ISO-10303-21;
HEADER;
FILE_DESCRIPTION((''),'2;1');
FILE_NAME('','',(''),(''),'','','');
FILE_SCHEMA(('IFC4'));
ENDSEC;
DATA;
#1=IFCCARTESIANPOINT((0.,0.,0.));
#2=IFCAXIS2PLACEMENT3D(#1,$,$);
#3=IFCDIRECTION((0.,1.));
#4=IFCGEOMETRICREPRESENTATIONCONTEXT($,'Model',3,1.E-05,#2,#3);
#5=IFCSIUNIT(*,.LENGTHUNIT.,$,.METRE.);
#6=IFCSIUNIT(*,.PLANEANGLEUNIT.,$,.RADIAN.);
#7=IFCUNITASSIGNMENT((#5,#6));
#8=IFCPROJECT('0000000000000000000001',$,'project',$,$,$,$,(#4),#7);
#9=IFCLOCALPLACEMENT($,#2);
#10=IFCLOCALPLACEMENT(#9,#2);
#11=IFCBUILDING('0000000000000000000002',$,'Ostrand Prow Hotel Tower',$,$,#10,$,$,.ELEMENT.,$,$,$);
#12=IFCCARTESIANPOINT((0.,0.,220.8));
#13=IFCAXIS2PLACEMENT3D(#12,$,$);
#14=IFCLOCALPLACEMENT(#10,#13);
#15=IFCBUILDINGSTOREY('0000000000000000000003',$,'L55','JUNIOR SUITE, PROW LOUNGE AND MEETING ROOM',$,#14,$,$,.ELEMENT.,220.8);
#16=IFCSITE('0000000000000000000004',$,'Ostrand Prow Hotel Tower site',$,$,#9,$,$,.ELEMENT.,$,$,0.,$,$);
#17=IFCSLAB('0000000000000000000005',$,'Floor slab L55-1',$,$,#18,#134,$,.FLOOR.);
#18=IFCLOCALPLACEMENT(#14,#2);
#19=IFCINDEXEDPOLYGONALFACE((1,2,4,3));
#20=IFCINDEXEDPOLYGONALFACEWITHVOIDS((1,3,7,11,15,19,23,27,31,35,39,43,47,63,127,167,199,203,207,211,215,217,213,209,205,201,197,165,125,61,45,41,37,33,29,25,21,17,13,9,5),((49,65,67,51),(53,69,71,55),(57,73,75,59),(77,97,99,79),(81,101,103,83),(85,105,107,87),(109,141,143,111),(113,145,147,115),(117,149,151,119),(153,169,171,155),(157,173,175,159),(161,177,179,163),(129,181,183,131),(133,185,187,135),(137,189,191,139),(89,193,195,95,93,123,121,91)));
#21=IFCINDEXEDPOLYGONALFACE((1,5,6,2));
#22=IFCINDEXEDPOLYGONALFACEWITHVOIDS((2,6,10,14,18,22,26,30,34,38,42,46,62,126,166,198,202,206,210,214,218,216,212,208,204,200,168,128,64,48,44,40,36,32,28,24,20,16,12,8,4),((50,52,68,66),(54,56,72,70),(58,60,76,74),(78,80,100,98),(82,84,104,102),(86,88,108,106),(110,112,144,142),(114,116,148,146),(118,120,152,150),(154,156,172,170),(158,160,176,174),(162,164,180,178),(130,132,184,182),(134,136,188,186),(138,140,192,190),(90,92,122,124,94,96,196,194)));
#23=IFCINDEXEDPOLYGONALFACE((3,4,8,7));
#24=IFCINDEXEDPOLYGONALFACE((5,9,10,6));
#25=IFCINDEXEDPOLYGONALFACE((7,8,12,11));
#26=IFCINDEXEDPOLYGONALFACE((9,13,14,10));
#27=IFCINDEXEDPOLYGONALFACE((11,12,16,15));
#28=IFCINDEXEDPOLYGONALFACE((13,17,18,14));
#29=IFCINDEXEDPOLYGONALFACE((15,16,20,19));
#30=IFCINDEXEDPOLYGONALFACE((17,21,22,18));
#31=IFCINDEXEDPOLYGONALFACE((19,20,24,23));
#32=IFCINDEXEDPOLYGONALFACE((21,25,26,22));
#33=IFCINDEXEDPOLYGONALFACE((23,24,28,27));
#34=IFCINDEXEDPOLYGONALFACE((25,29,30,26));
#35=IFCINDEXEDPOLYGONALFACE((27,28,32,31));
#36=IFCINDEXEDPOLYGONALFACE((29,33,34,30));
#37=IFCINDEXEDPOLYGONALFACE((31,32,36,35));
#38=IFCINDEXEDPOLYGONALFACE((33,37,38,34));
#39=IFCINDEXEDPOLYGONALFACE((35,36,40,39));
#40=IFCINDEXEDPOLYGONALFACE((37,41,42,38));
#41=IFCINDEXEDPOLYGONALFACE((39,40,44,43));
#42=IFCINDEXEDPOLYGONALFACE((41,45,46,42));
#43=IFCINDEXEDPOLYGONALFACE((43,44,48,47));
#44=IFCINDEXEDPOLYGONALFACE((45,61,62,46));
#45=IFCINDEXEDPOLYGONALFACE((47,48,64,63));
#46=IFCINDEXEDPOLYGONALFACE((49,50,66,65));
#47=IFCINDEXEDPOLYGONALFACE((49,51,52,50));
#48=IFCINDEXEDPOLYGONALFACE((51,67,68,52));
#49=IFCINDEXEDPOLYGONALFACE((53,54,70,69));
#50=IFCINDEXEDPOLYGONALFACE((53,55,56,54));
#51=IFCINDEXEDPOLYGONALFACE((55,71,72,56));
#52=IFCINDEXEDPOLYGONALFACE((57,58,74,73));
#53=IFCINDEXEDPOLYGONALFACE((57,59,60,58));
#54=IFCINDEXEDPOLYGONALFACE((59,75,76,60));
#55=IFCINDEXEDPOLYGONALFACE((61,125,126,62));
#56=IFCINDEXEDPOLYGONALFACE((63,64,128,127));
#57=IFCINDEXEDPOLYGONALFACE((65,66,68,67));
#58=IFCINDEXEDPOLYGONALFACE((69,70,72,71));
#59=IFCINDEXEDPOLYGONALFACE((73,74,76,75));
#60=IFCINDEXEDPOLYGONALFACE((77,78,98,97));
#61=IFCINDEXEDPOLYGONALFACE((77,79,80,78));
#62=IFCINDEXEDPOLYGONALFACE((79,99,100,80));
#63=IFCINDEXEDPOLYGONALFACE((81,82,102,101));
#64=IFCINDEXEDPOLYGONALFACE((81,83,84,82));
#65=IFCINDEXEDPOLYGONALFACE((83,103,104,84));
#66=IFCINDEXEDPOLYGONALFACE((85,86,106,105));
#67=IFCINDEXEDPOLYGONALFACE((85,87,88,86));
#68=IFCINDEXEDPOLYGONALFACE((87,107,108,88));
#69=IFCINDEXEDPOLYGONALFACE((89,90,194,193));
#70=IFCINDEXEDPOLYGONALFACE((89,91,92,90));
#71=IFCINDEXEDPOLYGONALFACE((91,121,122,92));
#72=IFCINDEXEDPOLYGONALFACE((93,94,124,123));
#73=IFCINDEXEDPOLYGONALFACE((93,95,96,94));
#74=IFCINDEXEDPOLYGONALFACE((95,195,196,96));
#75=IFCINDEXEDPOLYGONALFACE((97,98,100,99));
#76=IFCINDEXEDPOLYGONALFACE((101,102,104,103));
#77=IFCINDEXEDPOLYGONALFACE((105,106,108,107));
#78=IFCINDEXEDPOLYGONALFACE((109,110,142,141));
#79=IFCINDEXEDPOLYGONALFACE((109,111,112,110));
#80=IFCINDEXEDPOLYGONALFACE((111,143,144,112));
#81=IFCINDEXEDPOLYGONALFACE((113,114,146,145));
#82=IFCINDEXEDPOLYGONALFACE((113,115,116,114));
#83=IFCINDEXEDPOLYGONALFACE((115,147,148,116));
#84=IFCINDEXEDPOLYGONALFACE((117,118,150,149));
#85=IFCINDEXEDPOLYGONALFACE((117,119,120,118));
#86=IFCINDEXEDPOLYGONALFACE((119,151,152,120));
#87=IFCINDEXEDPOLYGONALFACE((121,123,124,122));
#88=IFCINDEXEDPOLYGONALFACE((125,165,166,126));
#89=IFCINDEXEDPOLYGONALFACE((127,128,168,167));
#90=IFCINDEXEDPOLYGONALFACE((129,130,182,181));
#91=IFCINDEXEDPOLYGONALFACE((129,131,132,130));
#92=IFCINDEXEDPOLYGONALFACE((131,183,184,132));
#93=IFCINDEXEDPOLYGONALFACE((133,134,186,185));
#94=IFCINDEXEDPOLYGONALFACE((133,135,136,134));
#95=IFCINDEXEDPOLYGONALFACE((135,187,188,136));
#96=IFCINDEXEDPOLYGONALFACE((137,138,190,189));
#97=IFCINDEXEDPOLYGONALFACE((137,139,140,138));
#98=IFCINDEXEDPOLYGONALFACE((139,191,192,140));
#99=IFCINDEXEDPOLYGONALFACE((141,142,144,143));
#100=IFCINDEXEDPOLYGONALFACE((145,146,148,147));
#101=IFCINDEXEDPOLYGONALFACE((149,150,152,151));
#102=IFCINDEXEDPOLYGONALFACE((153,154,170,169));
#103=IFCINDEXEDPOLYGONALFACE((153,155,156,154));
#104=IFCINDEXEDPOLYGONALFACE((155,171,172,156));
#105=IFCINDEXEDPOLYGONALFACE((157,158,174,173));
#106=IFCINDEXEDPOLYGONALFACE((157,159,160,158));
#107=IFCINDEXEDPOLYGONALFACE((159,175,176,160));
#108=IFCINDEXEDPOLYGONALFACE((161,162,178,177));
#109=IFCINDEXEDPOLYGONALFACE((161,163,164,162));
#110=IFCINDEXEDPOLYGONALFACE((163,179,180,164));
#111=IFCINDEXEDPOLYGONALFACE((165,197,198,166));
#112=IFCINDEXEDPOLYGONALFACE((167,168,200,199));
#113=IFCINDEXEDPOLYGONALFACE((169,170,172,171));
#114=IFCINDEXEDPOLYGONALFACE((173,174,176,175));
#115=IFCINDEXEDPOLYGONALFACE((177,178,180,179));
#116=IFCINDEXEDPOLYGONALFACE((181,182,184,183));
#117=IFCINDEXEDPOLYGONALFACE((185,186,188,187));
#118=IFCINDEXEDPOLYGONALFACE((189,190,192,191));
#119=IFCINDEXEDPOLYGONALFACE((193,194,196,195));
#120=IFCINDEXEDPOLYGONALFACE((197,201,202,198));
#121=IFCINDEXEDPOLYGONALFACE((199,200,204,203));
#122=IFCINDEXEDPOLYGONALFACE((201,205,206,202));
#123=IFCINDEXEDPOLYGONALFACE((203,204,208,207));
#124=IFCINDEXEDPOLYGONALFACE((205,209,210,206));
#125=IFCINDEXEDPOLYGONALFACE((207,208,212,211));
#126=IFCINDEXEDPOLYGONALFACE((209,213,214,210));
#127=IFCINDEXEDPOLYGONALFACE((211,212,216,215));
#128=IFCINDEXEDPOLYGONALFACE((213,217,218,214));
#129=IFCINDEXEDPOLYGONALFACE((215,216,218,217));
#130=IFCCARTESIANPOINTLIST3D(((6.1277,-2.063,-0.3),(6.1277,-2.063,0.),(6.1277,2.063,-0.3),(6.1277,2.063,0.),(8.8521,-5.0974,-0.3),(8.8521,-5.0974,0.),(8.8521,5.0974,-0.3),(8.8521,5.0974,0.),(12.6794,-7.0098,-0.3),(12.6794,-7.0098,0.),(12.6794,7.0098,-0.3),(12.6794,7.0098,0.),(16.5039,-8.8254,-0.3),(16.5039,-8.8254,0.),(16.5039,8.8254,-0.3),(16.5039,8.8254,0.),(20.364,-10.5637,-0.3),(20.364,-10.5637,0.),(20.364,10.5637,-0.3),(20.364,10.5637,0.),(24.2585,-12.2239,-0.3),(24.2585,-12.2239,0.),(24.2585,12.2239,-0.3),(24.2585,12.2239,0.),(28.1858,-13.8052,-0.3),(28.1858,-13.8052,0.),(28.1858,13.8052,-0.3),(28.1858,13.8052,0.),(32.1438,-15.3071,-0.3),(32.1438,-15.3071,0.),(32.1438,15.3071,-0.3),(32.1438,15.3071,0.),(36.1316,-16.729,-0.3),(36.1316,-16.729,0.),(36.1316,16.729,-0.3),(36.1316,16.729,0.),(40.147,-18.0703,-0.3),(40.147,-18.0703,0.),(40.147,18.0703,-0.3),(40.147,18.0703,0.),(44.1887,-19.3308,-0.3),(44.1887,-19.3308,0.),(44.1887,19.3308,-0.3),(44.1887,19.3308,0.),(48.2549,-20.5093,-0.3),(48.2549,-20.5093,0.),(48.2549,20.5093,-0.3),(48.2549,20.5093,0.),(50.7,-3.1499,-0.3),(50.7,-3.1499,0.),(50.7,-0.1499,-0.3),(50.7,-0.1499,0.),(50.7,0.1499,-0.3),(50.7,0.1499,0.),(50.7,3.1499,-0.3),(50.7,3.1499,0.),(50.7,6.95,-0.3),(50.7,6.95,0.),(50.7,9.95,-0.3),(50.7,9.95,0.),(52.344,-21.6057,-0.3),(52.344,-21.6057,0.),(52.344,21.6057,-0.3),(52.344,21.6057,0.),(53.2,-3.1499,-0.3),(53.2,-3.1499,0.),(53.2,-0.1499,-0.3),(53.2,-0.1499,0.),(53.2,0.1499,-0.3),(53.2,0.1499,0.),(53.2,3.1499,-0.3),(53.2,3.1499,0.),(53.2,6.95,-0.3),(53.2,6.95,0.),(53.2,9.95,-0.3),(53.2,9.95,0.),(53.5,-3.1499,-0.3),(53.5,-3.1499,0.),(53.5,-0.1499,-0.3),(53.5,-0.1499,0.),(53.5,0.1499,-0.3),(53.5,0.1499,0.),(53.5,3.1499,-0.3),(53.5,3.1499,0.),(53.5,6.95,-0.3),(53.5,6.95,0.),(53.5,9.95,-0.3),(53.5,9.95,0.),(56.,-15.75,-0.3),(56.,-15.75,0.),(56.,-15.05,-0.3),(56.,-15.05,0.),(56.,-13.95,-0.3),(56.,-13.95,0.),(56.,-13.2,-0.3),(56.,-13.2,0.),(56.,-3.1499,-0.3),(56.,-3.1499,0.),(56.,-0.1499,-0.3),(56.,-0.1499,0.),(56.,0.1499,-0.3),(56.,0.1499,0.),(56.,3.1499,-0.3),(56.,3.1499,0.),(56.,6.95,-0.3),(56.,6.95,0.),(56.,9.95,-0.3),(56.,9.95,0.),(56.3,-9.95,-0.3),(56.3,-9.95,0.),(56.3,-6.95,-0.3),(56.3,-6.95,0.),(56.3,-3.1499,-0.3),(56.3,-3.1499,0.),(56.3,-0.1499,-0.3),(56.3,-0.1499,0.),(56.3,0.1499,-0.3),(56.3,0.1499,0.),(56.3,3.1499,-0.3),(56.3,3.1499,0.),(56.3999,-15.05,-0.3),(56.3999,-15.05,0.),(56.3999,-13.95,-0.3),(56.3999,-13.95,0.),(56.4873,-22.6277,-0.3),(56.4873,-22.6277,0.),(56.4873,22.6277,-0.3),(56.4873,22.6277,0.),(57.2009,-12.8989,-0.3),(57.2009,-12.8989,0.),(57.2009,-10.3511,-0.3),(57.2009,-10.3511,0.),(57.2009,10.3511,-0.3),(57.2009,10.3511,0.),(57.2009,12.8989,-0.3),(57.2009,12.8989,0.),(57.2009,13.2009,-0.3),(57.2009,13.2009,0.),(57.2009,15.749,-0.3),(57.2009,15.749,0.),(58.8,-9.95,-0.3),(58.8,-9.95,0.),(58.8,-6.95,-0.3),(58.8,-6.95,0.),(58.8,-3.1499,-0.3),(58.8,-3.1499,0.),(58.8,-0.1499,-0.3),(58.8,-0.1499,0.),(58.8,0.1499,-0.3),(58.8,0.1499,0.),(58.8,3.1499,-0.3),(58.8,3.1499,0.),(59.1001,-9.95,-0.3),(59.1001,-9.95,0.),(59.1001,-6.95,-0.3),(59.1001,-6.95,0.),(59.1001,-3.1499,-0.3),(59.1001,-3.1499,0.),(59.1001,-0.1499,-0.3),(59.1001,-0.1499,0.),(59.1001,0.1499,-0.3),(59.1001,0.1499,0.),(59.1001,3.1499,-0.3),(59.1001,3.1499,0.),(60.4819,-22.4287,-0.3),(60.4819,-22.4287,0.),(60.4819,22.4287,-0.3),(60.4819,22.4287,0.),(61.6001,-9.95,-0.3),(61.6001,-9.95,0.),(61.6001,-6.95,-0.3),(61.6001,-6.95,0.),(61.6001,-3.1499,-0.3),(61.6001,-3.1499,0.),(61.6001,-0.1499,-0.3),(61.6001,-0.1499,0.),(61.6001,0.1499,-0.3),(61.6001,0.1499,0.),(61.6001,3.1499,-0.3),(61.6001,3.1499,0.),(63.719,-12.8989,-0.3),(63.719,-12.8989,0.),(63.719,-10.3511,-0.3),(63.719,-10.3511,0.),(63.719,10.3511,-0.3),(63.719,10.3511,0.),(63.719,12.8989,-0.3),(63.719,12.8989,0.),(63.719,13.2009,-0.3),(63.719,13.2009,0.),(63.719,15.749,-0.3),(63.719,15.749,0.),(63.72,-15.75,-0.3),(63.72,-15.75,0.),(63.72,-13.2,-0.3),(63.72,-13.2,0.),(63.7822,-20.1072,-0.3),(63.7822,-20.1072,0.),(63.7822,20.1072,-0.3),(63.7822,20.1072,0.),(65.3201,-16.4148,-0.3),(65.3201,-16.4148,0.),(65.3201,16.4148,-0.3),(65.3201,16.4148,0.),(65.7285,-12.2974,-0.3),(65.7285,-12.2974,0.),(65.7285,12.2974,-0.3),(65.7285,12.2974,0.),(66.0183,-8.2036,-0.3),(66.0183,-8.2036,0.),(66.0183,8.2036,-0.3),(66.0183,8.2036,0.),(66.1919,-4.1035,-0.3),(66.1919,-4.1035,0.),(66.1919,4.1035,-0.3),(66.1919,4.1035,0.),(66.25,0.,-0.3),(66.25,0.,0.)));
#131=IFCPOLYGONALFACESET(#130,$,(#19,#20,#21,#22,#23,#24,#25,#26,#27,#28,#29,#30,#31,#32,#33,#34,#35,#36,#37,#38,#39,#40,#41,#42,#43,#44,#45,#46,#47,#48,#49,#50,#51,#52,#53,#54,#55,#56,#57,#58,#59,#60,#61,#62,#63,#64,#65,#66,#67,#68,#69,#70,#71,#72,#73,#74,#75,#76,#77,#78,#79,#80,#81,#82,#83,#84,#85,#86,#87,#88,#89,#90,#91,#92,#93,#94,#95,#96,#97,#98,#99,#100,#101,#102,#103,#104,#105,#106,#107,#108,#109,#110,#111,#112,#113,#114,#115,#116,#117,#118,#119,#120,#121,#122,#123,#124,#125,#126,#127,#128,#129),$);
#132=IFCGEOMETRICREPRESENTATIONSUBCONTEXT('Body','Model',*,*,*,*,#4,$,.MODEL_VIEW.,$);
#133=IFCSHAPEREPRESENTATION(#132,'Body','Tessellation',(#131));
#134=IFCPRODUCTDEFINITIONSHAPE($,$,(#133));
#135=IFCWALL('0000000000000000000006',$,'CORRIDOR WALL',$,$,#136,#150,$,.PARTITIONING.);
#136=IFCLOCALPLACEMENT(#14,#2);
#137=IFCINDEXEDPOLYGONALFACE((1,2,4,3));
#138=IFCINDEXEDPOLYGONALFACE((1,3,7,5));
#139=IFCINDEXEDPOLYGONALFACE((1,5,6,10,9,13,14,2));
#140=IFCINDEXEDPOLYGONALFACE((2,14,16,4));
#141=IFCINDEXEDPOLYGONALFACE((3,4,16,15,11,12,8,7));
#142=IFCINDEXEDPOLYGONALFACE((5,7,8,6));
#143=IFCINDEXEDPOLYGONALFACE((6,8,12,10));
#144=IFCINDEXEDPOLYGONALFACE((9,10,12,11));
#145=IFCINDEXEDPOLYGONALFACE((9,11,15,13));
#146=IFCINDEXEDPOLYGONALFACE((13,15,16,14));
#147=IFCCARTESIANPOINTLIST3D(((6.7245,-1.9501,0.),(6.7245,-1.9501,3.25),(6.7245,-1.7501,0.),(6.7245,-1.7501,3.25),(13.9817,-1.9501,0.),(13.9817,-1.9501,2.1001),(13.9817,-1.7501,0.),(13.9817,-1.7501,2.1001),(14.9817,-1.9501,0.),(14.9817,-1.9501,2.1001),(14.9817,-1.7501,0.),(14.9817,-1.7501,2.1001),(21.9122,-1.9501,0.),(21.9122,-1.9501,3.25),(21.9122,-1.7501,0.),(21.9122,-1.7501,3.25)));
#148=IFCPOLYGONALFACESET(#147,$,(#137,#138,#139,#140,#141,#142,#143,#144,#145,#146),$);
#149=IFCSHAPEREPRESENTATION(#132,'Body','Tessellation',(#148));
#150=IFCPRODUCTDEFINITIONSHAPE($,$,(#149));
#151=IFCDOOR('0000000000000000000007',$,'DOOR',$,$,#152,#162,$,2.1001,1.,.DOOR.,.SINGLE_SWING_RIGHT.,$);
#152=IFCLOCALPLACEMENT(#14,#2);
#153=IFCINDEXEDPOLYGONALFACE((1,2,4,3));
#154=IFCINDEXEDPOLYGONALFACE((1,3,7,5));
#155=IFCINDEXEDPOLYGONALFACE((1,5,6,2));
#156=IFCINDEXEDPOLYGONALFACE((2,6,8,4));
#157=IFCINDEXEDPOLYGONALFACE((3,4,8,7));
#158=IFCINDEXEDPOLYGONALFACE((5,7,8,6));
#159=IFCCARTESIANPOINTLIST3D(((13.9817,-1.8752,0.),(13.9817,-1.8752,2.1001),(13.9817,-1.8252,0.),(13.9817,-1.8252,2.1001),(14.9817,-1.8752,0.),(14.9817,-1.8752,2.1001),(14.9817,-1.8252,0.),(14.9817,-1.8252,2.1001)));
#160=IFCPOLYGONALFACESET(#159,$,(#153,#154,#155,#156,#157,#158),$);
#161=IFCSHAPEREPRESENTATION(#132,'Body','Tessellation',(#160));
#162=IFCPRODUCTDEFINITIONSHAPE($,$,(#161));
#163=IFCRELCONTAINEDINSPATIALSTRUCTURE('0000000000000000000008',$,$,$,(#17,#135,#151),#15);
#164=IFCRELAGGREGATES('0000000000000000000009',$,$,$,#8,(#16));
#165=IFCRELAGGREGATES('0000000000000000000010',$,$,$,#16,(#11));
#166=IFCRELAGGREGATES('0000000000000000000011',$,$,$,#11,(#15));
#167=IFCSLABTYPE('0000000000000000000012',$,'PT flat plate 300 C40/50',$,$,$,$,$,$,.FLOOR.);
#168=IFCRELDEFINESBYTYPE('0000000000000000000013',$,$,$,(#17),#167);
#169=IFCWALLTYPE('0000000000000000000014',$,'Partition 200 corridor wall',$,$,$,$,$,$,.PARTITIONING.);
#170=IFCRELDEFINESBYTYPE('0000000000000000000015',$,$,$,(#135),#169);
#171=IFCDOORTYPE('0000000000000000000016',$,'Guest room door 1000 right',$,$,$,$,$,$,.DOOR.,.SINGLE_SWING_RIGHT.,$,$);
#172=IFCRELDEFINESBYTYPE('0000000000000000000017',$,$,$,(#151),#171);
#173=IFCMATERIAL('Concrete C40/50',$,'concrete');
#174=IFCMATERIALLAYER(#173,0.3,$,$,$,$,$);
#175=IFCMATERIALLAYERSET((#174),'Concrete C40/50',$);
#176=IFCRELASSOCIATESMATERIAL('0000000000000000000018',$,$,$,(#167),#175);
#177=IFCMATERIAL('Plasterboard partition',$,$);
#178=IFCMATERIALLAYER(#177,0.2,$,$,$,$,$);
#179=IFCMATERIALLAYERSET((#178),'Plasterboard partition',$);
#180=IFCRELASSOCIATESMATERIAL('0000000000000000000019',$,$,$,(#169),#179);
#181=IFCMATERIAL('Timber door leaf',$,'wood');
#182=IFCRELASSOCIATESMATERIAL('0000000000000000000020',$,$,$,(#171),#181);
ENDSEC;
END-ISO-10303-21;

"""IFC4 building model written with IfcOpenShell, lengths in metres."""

from ifc_helpers import new_model, si_unit, direction, frame, frame_2d, origin, place, context, subcontext, project, spatial, polyline, rectangle, outline, extrude, material, layer, layer_set, type_object, element, fill, save


model = new_model("IFC4")

# Units and contexts
model_context = context("Model", 3, precision=1e-05, world=origin(), true_north=direction((0.0, 1.0)))
body_context = subcontext(model_context, "Body", "Model", "MODEL_VIEW")
ifc_project = project(units=[si_unit("LENGTHUNIT", "METRE"), si_unit("PLANEANGLEUNIT", "RADIAN")], contexts=[model_context])

# Site, building, storey
site_placement = place(None, origin())
site = spatial("IfcSite", under=ifc_project, at=site_placement, Name="Ostrand Prow Hotel Tower site", CompositionType="ELEMENT", RefElevation=0.0)
building_placement = place(site_placement, origin())
building = spatial("IfcBuilding", under=site, at=building_placement, Name="Ostrand Prow Hotel Tower", CompositionType="ELEMENT")
storey_placement = place(building_placement, frame((0.0, 0.0, 220.8)))
storey = spatial("IfcBuildingStorey", under=building, at=storey_placement, Name="L55", Description="JUNIOR SUITE, PROW LOUNGE AND MEETING ROOM", CompositionType="ELEMENT", Elevation=220.8)

# Slab, opening
ifc_material_1 = material(Name="Concrete C40/50", Category="concrete")
ifc_layer_1 = layer(ifc_material_1, 0.3)
ifc_layer_set_1 = layer_set([ifc_layer_1], Name="Concrete C40/50")
slab_type = type_object("IfcSlabType", Name="PT flat plate 300 C40/50", PredefinedType="FLOOR", material=ifc_layer_set_1)
slab_placement = place(storey_placement, frame((0.0, 0.0, -0.3)))
slab = element("IfcSlab", 1, at=slab_placement, inside=storey, type_object=slab_type, Name="Floor slab L55-1", PredefinedType="FLOOR", context=body_context, shape_type="SweptSolid", body=[
    extrude(outline(polyline([(8.8521, 5.0974), (12.6794, 7.0098), (16.5039, 8.8254), (20.364, 10.5637), (24.2585, 12.2239), (28.1858, 13.8052), (32.1438, 15.3071), (36.1316, 16.729), (40.147, 18.0703), (44.1887, 19.3308), (48.2549, 20.5093), (52.344, 21.6057), (56.4873, 22.6277), (60.4819, 22.4287), (63.7822, 20.1072), (65.3201, 16.4148), (65.7285, 12.2974), (66.0183, 8.2036), (66.1919, 4.1035), (66.25, 0.0), (66.1919, -4.1035), (66.0183, -8.2036), (65.7285, -12.2974), (65.3201, -16.4148), (63.7822, -20.1072), (60.4819, -22.4287), (56.4873, -22.6277), (52.344, -21.6057), (48.2549, -20.5093), (44.1887, -19.3308), (40.147, -18.0703), (36.1316, -16.729), (32.1438, -15.3071), (28.1858, -13.8052), (24.2585, -12.2239), (20.364, -10.5637), (16.5039, -8.8254), (12.6794, -7.0098), (8.8521, -5.0974), (6.1277, -2.063), (6.1277, 2.063), (8.8521, 5.0974)]), holes=[polyline([(50.7, 6.95), (53.2, 6.95), (53.2, 9.95), (50.7, 9.95), (50.7, 6.95)]), polyline([(53.5, 6.95), (56.0, 6.95), (56.0, 9.95), (53.5, 9.95), (53.5, 6.95)]), polyline([(50.7, 0.1499), (53.2, 0.1499), (53.2, 3.1499), (50.7, 3.1499), (50.7, 0.1499)]), polyline([(53.5, 0.1499), (56.0, 0.1499), (56.0, 3.1499), (53.5, 3.1499), (53.5, 0.1499)]), polyline([(56.3, 0.1499), (58.8, 0.1499), (58.8, 3.1499), (56.3, 3.1499), (56.3, 0.1499)]), polyline([(59.1001, 0.1499), (61.6001, 0.1499), (61.6001, 3.1499), (59.1001, 3.1499), (59.1001, 0.1499)]), polyline([(50.7, -3.1499), (53.2, -3.1499), (53.2, -0.1499), (50.7, -0.1499), (50.7, -3.1499)]), polyline([(53.5, -3.1499), (56.0, -3.1499), (56.0, -0.1499), (53.5, -0.1499), (53.5, -3.1499)]), polyline([(56.3, -3.1499), (58.8, -3.1499), (58.8, -0.1499), (56.3, -0.1499), (56.3, -3.1499)]), polyline([(59.1001, -3.1499), (61.6001, -3.1499), (61.6001, -0.1499), (59.1001, -0.1499), (59.1001, -3.1499)]), polyline([(56.3, -9.95), (58.8, -9.95), (58.8, -6.95), (56.3, -6.95), (56.3, -9.95)]), polyline([(59.1001, -9.95), (61.6001, -9.95), (61.6001, -6.95), (59.1001, -6.95), (59.1001, -9.95)]), polyline([(57.2009, 10.3511), (57.2009, 12.8989), (63.719, 12.8989), (63.719, 10.3511), (57.2009, 10.3511)]), polyline([(57.2009, 13.2009), (57.2009, 15.749), (63.719, 15.749), (63.719, 13.2009), (57.2009, 13.2009)]), polyline([(57.2009, -12.8989), (57.2009, -10.3511), (63.719, -10.3511), (63.719, -12.8989), (57.2009, -12.8989)]), polyline([(63.72, -13.2), (63.72, -15.75), (56.0, -15.75), (56.0, -15.05), (56.3999, -15.05), (56.3999, -13.95), (56.0, -13.95), (56.0, -13.2), (63.72, -13.2)])]), origin(), (0.0, 0.0, 1.0), 0.3),
])
opening_1_placement = place(slab_placement, origin())
element("IfcOpeningElement", 2, at=opening_1_placement, cuts=slab, PredefinedType="OPENING", context=body_context, shape_type="SweptSolid", body=[
    extrude(outline(polyline([(63.72, -13.2), (63.72, -15.75), (56.0, -15.75), (56.0, -15.05), (56.3999, -15.05), (56.3999, -13.95), (56.0, -13.95), (56.0, -13.2), (63.72, -13.2)])), origin(), (0.0, 0.0, 1.0), 0.3),
])

# Wall, opening, door
ifc_material_2 = material(Name="Plasterboard partition")
ifc_layer_2 = layer(ifc_material_2, 0.2)
ifc_layer_set_2 = layer_set([ifc_layer_2], Name="Plasterboard partition")
wall_type_1 = type_object("IfcWallType", Name="Partition 200 corridor wall", PredefinedType="PARTITIONING", material=ifc_layer_set_2)
wall_1_placement = place(storey_placement, frame((6.7246, -1.8501, 0.0), z_axis=(0.0, 0.0, 1.0), x_axis=(1.0, 0.0, 0.0)))
wall_1 = element("IfcWall", 3, at=wall_1_placement, inside=storey, type_object=wall_type_1, Name="CORRIDOR WALL", PredefinedType="PARTITIONING", context=body_context, shape_type="SweptSolid", body=[
    extrude(rectangle(XDim=15.1877, YDim=0.2, at=frame_2d((7.5938, 0.0))), origin(), (0.0, 0.0, 1.0), 3.25),
])
opening_2_placement = place(wall_1_placement, frame((7.2571, 0.0, 0.0)))
opening_2 = element("IfcOpeningElement", 4, at=opening_2_placement, cuts=wall_1, PredefinedType="OPENING", context=body_context, shape_type="SweptSolid", body=[
    extrude(rectangle(XDim=1.0, YDim=2.1001, at=frame_2d((0.5, 1.05))), frame((0.0, 0.1099, 0.0), z_axis=(0.0, -1.0, 0.0), x_axis=(1.0, 0.0, 0.0)), (0.0, 0.0, 1.0), 0.22),
])
ifc_material_3 = material(Name="Timber door leaf", Category="wood")
door_type = type_object("IfcDoorType", Name="Guest room door 1000 right", OperationType="SINGLE_SWING_RIGHT", PredefinedType="DOOR", material=ifc_material_3)
door_placement = place(opening_2_placement, origin())
door = element("IfcDoor", 5, at=door_placement, inside=storey, type_object=door_type, Name="DOOR", OperationType="SINGLE_SWING_RIGHT", OverallHeight=2.1001, OverallWidth=1.0, PredefinedType="DOOR", context=body_context, shape_type="SweptSolid", body=[
    extrude(rectangle(XDim=1.0, YDim=2.1001, at=frame_2d((0.5, 1.05))), frame((0.0, 0.0249, 0.0), z_axis=(0.0, -1.0, 0.0), x_axis=(1.0, 0.0, 0.0)), (0.0, 0.0, 1.0), 0.05),
])
fill(opening_2, door)

save(model, "model.ifc")
